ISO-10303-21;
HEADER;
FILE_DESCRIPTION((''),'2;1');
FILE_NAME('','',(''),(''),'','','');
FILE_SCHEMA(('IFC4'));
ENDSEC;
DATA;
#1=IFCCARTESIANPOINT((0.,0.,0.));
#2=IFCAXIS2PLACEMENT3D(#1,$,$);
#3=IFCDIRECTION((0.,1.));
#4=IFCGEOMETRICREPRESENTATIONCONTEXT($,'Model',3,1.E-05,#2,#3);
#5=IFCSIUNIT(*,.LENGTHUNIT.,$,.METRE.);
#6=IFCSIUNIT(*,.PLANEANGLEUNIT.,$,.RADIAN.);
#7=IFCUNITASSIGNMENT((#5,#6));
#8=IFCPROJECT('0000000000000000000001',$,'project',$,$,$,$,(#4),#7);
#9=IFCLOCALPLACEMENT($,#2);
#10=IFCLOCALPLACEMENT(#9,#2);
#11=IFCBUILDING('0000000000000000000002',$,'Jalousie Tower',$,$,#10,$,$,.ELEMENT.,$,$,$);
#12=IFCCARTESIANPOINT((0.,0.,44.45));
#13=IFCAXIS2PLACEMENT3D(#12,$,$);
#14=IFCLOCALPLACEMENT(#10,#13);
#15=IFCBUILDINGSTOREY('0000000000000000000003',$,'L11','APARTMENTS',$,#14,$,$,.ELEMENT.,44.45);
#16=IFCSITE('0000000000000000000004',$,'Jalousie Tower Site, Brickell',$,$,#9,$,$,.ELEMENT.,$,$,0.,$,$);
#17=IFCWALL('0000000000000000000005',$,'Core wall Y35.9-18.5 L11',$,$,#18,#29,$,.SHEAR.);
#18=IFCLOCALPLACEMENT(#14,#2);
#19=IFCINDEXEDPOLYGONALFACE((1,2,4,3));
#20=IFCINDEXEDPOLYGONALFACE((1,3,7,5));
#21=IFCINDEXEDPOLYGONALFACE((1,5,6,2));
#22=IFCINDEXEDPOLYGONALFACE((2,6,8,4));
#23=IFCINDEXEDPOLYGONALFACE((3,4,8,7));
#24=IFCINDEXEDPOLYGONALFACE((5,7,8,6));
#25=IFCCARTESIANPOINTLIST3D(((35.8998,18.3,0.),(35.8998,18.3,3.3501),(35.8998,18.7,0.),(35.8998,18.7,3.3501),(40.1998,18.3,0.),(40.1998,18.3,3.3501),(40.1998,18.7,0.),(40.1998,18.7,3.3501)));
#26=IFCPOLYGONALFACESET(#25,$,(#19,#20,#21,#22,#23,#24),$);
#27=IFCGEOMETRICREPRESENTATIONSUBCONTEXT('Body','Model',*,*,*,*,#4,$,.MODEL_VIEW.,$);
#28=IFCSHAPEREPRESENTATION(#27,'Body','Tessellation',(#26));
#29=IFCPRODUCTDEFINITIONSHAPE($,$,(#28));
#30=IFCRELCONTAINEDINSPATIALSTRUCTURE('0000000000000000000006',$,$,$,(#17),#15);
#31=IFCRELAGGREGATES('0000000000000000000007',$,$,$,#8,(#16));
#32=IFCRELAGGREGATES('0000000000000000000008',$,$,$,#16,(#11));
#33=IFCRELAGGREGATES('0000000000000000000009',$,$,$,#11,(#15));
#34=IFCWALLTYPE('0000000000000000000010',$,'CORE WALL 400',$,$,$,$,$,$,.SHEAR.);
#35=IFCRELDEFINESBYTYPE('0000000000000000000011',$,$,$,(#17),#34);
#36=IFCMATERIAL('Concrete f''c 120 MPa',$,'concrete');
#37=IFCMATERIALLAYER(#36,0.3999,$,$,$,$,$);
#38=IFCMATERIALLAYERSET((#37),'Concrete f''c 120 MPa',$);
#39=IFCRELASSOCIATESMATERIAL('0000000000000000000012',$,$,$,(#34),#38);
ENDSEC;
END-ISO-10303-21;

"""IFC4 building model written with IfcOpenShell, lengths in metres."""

from ifc_helpers import new_model, si_unit, direction, frame, frame_2d, origin, place, context, subcontext, project, spatial, rectangle, extrude, material, layer, layer_set, type_object, element, save


model = new_model("IFC4")

# Units and contexts
model_context = context("Model", 3, precision=1e-05, world=origin(), true_north=direction((0.0, 1.0)))
body_context = subcontext(model_context, "Body", "Model", "MODEL_VIEW")
ifc_project = project(units=[si_unit("LENGTHUNIT", "METRE"), si_unit("PLANEANGLEUNIT", "RADIAN")], contexts=[model_context])

# Site, building, storey
site_placement = place(None, origin())
site = spatial("IfcSite", under=ifc_project, at=site_placement, Name="Jalousie Tower Site, Brickell", CompositionType="ELEMENT", RefElevation=0.0)
building_placement = place(site_placement, origin())
building = spatial("IfcBuilding", under=site, at=building_placement, Name="Jalousie Tower", CompositionType="ELEMENT")
storey_placement = place(building_placement, frame((0.0, 0.0, 44.45)))
storey = spatial("IfcBuildingStorey", under=building, at=storey_placement, Name="L11", Description="APARTMENTS", CompositionType="ELEMENT", Elevation=44.45)

# Shared definitions
ifc_material_1 = material(Name="Concrete f'c 120 MPa", Category="concrete")
ifc_layer = layer(ifc_material_1, 0.3999)
ifc_layer_set = layer_set([ifc_layer], Name="Concrete f'c 120 MPa")
wall_type = type_object("IfcWallType", Name="CORE WALL 400", PredefinedType="SHEAR", material=ifc_layer_set)

# Wall
wall_1_placement = place(storey_placement, frame((35.8999, 18.5, 0.0), z_axis=(0.0, 0.0, 1.0), x_axis=(1.0, 0.0, 0.0)))
element("IfcWall", 1, at=wall_1_placement, inside=storey, type_object=wall_type, Name="Core wall Y35.9-18.5 L11", PredefinedType="SHEAR", context=body_context, shape_type="SweptSolid", body=[
    extrude(rectangle(XDim=4.3, YDim=0.3999, at=frame_2d((2.1499, 0.0))), origin(), (0.0, 0.0, 1.0), 3.3501),
])

save(model, "model.ifc")
